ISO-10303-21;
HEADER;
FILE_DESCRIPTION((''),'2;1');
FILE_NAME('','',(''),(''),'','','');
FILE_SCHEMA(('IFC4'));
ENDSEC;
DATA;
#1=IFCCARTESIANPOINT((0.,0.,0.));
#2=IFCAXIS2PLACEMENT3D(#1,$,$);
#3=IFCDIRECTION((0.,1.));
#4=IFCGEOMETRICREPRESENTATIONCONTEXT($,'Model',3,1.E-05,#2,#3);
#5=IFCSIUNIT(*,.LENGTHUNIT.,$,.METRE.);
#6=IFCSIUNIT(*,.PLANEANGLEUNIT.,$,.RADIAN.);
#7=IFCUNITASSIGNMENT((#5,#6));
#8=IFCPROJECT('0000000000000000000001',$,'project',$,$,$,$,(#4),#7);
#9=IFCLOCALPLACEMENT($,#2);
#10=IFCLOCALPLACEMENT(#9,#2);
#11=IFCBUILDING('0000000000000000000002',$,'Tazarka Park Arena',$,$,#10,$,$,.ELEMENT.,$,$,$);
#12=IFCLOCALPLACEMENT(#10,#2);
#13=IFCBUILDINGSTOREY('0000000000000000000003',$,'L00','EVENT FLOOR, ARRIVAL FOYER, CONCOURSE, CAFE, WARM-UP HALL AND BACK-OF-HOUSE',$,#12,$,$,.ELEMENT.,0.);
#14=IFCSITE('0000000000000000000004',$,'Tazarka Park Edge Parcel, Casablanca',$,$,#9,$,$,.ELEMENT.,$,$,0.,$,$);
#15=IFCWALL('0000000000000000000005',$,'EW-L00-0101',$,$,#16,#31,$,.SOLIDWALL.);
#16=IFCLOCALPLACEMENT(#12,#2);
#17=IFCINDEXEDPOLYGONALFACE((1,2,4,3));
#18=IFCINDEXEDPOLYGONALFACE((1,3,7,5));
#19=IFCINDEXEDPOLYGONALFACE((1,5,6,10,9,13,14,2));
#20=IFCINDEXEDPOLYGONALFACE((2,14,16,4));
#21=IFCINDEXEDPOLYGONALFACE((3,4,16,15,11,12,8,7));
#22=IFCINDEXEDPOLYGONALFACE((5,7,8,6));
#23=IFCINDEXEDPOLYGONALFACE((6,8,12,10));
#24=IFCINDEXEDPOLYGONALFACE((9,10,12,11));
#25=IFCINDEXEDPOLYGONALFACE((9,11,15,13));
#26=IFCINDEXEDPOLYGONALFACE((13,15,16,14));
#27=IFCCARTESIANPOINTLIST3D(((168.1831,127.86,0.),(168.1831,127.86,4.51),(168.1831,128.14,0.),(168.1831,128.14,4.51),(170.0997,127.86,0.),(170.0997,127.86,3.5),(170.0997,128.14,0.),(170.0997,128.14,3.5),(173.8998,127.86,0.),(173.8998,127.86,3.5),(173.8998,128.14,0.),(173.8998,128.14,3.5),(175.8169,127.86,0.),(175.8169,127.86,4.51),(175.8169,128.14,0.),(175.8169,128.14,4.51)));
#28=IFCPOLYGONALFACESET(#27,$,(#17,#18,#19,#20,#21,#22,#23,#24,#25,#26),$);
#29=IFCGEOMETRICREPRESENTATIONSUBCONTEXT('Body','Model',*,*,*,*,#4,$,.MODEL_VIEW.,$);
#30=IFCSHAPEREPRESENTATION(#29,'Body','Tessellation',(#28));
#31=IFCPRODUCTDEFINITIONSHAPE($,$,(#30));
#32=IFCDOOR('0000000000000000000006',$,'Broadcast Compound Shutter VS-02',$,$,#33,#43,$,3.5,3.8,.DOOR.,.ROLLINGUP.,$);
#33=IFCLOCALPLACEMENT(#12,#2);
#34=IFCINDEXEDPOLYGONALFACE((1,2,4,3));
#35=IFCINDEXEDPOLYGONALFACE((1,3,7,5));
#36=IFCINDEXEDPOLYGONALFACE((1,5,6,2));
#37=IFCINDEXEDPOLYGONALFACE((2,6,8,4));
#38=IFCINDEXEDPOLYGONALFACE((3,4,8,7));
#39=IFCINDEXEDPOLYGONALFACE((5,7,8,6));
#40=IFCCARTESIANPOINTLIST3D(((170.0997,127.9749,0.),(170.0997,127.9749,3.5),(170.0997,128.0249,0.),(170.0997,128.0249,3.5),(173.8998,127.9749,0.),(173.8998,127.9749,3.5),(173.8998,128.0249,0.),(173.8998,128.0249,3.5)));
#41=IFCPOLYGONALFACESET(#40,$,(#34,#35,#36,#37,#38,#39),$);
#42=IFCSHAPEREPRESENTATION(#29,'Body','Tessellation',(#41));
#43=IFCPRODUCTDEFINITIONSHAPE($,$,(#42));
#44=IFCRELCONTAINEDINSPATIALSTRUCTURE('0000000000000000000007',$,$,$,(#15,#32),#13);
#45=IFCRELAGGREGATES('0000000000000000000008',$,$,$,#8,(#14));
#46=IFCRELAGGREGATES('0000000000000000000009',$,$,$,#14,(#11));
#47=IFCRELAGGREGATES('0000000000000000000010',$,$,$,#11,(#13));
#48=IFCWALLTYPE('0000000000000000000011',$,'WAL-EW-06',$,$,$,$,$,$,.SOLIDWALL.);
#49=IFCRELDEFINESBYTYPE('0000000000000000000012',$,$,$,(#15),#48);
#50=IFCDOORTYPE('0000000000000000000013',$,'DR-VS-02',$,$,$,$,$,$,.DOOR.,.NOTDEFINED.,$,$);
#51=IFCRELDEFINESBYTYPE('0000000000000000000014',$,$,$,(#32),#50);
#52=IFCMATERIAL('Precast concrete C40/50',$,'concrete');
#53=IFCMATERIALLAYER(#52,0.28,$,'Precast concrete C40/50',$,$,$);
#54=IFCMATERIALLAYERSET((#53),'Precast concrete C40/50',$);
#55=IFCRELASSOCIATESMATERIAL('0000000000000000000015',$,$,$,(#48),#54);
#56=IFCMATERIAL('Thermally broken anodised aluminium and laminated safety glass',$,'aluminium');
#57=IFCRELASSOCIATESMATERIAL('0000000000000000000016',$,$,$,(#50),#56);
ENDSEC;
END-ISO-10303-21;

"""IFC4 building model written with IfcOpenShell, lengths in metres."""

from ifc_helpers import new_model, si_unit, direction, frame, frame_2d, origin, place, context, subcontext, project, spatial, rectangle, extrude, material, layer, layer_set, type_object, element, fill, save


model = new_model("IFC4")

# Units and contexts
model_context = context("Model", 3, precision=1e-05, world=origin(), true_north=direction((0.0, 1.0)))
body_context = subcontext(model_context, "Body", "Model", "MODEL_VIEW")
ifc_project = project(units=[si_unit("LENGTHUNIT", "METRE"), si_unit("PLANEANGLEUNIT", "RADIAN")], contexts=[model_context])

# Site, building, storey
site_placement = place(None, origin())
site = spatial("IfcSite", under=ifc_project, at=site_placement, Name="Tazarka Park Edge Parcel, Casablanca", CompositionType="ELEMENT", RefElevation=0.0)
building_placement = place(site_placement, origin())
building = spatial("IfcBuilding", under=site, at=building_placement, Name="Tazarka Park Arena", CompositionType="ELEMENT")
storey_placement = place(building_placement, origin())
storey = spatial("IfcBuildingStorey", under=building, at=storey_placement, Name="L00", Description="EVENT FLOOR, ARRIVAL FOYER, CONCOURSE, CAFE, WARM-UP HALL AND BACK-OF-HOUSE", CompositionType="ELEMENT", Elevation=0.0)

# Wall, opening, door
ifc_material_1 = material(Name="Precast concrete C40/50", Category="concrete")
ifc_layer_1 = layer(ifc_material_1, 0.28, Name="Precast concrete C40/50")
ifc_layer_set_1 = layer_set([ifc_layer_1], Name="Precast concrete C40/50")
wall_type_1 = type_object("IfcWallType", Name="WAL-EW-06", PredefinedType="SOLIDWALL", material=ifc_layer_set_1)
wall_1_placement = place(storey_placement, frame((168.1831, 128.0, 0.0), z_axis=(0.0, 0.0, 1.0), x_axis=(1.0, 0.0, 0.0)))
wall_1 = element("IfcWall", 1, at=wall_1_placement, inside=storey, type_object=wall_type_1, Name="EW-L00-0101", PredefinedType="SOLIDWALL", context=body_context, shape_type="SweptSolid", body=[
    extrude(rectangle(XDim=7.6338, YDim=0.28, at=frame_2d((3.8169, 0.0))), origin(), (0.0, 0.0, 1.0), 4.51),
])
opening_1_placement = place(wall_1_placement, frame((1.9167, 0.0, 0.0)))
opening_1 = element("IfcOpeningElement", 2, at=opening_1_placement, cuts=wall_1, PredefinedType="OPENING", context=body_context, shape_type="SweptSolid", body=[
    extrude(rectangle(XDim=3.8, YDim=3.5, at=frame_2d((1.8999, 1.75))), frame((0.0, 0.1499, 0.0), z_axis=(0.0, -1.0, 0.0), x_axis=(1.0, 0.0, 0.0)), (0.0, 0.0, 1.0), 0.3),
])
ifc_material_2 = material(Name="Thermally broken anodised aluminium and laminated safety glass", Category="aluminium")
door_type_1 = type_object("IfcDoorType", Name="DR-VS-02", OperationType="NOTDEFINED", PredefinedType="DOOR", material=ifc_material_2)
door_1_placement = place(opening_1_placement, origin())
door_1 = element("IfcDoor", 3, at=door_1_placement, inside=storey, type_object=door_type_1, Name="Broadcast Compound Shutter VS-02", OperationType="ROLLINGUP", OverallHeight=3.5, OverallWidth=3.8, PredefinedType="DOOR", context=body_context, shape_type="SweptSolid", body=[
    extrude(rectangle(XDim=3.8, YDim=3.5, at=frame_2d((1.8999, 1.75))), frame((0.0, 0.0249, 0.0), z_axis=(0.0, -1.0, 0.0), x_axis=(1.0, 0.0, 0.0)), (0.0, 0.0, 1.0), 0.05),
])
fill(opening_1, door_1)

save(model, "model.ifc")
